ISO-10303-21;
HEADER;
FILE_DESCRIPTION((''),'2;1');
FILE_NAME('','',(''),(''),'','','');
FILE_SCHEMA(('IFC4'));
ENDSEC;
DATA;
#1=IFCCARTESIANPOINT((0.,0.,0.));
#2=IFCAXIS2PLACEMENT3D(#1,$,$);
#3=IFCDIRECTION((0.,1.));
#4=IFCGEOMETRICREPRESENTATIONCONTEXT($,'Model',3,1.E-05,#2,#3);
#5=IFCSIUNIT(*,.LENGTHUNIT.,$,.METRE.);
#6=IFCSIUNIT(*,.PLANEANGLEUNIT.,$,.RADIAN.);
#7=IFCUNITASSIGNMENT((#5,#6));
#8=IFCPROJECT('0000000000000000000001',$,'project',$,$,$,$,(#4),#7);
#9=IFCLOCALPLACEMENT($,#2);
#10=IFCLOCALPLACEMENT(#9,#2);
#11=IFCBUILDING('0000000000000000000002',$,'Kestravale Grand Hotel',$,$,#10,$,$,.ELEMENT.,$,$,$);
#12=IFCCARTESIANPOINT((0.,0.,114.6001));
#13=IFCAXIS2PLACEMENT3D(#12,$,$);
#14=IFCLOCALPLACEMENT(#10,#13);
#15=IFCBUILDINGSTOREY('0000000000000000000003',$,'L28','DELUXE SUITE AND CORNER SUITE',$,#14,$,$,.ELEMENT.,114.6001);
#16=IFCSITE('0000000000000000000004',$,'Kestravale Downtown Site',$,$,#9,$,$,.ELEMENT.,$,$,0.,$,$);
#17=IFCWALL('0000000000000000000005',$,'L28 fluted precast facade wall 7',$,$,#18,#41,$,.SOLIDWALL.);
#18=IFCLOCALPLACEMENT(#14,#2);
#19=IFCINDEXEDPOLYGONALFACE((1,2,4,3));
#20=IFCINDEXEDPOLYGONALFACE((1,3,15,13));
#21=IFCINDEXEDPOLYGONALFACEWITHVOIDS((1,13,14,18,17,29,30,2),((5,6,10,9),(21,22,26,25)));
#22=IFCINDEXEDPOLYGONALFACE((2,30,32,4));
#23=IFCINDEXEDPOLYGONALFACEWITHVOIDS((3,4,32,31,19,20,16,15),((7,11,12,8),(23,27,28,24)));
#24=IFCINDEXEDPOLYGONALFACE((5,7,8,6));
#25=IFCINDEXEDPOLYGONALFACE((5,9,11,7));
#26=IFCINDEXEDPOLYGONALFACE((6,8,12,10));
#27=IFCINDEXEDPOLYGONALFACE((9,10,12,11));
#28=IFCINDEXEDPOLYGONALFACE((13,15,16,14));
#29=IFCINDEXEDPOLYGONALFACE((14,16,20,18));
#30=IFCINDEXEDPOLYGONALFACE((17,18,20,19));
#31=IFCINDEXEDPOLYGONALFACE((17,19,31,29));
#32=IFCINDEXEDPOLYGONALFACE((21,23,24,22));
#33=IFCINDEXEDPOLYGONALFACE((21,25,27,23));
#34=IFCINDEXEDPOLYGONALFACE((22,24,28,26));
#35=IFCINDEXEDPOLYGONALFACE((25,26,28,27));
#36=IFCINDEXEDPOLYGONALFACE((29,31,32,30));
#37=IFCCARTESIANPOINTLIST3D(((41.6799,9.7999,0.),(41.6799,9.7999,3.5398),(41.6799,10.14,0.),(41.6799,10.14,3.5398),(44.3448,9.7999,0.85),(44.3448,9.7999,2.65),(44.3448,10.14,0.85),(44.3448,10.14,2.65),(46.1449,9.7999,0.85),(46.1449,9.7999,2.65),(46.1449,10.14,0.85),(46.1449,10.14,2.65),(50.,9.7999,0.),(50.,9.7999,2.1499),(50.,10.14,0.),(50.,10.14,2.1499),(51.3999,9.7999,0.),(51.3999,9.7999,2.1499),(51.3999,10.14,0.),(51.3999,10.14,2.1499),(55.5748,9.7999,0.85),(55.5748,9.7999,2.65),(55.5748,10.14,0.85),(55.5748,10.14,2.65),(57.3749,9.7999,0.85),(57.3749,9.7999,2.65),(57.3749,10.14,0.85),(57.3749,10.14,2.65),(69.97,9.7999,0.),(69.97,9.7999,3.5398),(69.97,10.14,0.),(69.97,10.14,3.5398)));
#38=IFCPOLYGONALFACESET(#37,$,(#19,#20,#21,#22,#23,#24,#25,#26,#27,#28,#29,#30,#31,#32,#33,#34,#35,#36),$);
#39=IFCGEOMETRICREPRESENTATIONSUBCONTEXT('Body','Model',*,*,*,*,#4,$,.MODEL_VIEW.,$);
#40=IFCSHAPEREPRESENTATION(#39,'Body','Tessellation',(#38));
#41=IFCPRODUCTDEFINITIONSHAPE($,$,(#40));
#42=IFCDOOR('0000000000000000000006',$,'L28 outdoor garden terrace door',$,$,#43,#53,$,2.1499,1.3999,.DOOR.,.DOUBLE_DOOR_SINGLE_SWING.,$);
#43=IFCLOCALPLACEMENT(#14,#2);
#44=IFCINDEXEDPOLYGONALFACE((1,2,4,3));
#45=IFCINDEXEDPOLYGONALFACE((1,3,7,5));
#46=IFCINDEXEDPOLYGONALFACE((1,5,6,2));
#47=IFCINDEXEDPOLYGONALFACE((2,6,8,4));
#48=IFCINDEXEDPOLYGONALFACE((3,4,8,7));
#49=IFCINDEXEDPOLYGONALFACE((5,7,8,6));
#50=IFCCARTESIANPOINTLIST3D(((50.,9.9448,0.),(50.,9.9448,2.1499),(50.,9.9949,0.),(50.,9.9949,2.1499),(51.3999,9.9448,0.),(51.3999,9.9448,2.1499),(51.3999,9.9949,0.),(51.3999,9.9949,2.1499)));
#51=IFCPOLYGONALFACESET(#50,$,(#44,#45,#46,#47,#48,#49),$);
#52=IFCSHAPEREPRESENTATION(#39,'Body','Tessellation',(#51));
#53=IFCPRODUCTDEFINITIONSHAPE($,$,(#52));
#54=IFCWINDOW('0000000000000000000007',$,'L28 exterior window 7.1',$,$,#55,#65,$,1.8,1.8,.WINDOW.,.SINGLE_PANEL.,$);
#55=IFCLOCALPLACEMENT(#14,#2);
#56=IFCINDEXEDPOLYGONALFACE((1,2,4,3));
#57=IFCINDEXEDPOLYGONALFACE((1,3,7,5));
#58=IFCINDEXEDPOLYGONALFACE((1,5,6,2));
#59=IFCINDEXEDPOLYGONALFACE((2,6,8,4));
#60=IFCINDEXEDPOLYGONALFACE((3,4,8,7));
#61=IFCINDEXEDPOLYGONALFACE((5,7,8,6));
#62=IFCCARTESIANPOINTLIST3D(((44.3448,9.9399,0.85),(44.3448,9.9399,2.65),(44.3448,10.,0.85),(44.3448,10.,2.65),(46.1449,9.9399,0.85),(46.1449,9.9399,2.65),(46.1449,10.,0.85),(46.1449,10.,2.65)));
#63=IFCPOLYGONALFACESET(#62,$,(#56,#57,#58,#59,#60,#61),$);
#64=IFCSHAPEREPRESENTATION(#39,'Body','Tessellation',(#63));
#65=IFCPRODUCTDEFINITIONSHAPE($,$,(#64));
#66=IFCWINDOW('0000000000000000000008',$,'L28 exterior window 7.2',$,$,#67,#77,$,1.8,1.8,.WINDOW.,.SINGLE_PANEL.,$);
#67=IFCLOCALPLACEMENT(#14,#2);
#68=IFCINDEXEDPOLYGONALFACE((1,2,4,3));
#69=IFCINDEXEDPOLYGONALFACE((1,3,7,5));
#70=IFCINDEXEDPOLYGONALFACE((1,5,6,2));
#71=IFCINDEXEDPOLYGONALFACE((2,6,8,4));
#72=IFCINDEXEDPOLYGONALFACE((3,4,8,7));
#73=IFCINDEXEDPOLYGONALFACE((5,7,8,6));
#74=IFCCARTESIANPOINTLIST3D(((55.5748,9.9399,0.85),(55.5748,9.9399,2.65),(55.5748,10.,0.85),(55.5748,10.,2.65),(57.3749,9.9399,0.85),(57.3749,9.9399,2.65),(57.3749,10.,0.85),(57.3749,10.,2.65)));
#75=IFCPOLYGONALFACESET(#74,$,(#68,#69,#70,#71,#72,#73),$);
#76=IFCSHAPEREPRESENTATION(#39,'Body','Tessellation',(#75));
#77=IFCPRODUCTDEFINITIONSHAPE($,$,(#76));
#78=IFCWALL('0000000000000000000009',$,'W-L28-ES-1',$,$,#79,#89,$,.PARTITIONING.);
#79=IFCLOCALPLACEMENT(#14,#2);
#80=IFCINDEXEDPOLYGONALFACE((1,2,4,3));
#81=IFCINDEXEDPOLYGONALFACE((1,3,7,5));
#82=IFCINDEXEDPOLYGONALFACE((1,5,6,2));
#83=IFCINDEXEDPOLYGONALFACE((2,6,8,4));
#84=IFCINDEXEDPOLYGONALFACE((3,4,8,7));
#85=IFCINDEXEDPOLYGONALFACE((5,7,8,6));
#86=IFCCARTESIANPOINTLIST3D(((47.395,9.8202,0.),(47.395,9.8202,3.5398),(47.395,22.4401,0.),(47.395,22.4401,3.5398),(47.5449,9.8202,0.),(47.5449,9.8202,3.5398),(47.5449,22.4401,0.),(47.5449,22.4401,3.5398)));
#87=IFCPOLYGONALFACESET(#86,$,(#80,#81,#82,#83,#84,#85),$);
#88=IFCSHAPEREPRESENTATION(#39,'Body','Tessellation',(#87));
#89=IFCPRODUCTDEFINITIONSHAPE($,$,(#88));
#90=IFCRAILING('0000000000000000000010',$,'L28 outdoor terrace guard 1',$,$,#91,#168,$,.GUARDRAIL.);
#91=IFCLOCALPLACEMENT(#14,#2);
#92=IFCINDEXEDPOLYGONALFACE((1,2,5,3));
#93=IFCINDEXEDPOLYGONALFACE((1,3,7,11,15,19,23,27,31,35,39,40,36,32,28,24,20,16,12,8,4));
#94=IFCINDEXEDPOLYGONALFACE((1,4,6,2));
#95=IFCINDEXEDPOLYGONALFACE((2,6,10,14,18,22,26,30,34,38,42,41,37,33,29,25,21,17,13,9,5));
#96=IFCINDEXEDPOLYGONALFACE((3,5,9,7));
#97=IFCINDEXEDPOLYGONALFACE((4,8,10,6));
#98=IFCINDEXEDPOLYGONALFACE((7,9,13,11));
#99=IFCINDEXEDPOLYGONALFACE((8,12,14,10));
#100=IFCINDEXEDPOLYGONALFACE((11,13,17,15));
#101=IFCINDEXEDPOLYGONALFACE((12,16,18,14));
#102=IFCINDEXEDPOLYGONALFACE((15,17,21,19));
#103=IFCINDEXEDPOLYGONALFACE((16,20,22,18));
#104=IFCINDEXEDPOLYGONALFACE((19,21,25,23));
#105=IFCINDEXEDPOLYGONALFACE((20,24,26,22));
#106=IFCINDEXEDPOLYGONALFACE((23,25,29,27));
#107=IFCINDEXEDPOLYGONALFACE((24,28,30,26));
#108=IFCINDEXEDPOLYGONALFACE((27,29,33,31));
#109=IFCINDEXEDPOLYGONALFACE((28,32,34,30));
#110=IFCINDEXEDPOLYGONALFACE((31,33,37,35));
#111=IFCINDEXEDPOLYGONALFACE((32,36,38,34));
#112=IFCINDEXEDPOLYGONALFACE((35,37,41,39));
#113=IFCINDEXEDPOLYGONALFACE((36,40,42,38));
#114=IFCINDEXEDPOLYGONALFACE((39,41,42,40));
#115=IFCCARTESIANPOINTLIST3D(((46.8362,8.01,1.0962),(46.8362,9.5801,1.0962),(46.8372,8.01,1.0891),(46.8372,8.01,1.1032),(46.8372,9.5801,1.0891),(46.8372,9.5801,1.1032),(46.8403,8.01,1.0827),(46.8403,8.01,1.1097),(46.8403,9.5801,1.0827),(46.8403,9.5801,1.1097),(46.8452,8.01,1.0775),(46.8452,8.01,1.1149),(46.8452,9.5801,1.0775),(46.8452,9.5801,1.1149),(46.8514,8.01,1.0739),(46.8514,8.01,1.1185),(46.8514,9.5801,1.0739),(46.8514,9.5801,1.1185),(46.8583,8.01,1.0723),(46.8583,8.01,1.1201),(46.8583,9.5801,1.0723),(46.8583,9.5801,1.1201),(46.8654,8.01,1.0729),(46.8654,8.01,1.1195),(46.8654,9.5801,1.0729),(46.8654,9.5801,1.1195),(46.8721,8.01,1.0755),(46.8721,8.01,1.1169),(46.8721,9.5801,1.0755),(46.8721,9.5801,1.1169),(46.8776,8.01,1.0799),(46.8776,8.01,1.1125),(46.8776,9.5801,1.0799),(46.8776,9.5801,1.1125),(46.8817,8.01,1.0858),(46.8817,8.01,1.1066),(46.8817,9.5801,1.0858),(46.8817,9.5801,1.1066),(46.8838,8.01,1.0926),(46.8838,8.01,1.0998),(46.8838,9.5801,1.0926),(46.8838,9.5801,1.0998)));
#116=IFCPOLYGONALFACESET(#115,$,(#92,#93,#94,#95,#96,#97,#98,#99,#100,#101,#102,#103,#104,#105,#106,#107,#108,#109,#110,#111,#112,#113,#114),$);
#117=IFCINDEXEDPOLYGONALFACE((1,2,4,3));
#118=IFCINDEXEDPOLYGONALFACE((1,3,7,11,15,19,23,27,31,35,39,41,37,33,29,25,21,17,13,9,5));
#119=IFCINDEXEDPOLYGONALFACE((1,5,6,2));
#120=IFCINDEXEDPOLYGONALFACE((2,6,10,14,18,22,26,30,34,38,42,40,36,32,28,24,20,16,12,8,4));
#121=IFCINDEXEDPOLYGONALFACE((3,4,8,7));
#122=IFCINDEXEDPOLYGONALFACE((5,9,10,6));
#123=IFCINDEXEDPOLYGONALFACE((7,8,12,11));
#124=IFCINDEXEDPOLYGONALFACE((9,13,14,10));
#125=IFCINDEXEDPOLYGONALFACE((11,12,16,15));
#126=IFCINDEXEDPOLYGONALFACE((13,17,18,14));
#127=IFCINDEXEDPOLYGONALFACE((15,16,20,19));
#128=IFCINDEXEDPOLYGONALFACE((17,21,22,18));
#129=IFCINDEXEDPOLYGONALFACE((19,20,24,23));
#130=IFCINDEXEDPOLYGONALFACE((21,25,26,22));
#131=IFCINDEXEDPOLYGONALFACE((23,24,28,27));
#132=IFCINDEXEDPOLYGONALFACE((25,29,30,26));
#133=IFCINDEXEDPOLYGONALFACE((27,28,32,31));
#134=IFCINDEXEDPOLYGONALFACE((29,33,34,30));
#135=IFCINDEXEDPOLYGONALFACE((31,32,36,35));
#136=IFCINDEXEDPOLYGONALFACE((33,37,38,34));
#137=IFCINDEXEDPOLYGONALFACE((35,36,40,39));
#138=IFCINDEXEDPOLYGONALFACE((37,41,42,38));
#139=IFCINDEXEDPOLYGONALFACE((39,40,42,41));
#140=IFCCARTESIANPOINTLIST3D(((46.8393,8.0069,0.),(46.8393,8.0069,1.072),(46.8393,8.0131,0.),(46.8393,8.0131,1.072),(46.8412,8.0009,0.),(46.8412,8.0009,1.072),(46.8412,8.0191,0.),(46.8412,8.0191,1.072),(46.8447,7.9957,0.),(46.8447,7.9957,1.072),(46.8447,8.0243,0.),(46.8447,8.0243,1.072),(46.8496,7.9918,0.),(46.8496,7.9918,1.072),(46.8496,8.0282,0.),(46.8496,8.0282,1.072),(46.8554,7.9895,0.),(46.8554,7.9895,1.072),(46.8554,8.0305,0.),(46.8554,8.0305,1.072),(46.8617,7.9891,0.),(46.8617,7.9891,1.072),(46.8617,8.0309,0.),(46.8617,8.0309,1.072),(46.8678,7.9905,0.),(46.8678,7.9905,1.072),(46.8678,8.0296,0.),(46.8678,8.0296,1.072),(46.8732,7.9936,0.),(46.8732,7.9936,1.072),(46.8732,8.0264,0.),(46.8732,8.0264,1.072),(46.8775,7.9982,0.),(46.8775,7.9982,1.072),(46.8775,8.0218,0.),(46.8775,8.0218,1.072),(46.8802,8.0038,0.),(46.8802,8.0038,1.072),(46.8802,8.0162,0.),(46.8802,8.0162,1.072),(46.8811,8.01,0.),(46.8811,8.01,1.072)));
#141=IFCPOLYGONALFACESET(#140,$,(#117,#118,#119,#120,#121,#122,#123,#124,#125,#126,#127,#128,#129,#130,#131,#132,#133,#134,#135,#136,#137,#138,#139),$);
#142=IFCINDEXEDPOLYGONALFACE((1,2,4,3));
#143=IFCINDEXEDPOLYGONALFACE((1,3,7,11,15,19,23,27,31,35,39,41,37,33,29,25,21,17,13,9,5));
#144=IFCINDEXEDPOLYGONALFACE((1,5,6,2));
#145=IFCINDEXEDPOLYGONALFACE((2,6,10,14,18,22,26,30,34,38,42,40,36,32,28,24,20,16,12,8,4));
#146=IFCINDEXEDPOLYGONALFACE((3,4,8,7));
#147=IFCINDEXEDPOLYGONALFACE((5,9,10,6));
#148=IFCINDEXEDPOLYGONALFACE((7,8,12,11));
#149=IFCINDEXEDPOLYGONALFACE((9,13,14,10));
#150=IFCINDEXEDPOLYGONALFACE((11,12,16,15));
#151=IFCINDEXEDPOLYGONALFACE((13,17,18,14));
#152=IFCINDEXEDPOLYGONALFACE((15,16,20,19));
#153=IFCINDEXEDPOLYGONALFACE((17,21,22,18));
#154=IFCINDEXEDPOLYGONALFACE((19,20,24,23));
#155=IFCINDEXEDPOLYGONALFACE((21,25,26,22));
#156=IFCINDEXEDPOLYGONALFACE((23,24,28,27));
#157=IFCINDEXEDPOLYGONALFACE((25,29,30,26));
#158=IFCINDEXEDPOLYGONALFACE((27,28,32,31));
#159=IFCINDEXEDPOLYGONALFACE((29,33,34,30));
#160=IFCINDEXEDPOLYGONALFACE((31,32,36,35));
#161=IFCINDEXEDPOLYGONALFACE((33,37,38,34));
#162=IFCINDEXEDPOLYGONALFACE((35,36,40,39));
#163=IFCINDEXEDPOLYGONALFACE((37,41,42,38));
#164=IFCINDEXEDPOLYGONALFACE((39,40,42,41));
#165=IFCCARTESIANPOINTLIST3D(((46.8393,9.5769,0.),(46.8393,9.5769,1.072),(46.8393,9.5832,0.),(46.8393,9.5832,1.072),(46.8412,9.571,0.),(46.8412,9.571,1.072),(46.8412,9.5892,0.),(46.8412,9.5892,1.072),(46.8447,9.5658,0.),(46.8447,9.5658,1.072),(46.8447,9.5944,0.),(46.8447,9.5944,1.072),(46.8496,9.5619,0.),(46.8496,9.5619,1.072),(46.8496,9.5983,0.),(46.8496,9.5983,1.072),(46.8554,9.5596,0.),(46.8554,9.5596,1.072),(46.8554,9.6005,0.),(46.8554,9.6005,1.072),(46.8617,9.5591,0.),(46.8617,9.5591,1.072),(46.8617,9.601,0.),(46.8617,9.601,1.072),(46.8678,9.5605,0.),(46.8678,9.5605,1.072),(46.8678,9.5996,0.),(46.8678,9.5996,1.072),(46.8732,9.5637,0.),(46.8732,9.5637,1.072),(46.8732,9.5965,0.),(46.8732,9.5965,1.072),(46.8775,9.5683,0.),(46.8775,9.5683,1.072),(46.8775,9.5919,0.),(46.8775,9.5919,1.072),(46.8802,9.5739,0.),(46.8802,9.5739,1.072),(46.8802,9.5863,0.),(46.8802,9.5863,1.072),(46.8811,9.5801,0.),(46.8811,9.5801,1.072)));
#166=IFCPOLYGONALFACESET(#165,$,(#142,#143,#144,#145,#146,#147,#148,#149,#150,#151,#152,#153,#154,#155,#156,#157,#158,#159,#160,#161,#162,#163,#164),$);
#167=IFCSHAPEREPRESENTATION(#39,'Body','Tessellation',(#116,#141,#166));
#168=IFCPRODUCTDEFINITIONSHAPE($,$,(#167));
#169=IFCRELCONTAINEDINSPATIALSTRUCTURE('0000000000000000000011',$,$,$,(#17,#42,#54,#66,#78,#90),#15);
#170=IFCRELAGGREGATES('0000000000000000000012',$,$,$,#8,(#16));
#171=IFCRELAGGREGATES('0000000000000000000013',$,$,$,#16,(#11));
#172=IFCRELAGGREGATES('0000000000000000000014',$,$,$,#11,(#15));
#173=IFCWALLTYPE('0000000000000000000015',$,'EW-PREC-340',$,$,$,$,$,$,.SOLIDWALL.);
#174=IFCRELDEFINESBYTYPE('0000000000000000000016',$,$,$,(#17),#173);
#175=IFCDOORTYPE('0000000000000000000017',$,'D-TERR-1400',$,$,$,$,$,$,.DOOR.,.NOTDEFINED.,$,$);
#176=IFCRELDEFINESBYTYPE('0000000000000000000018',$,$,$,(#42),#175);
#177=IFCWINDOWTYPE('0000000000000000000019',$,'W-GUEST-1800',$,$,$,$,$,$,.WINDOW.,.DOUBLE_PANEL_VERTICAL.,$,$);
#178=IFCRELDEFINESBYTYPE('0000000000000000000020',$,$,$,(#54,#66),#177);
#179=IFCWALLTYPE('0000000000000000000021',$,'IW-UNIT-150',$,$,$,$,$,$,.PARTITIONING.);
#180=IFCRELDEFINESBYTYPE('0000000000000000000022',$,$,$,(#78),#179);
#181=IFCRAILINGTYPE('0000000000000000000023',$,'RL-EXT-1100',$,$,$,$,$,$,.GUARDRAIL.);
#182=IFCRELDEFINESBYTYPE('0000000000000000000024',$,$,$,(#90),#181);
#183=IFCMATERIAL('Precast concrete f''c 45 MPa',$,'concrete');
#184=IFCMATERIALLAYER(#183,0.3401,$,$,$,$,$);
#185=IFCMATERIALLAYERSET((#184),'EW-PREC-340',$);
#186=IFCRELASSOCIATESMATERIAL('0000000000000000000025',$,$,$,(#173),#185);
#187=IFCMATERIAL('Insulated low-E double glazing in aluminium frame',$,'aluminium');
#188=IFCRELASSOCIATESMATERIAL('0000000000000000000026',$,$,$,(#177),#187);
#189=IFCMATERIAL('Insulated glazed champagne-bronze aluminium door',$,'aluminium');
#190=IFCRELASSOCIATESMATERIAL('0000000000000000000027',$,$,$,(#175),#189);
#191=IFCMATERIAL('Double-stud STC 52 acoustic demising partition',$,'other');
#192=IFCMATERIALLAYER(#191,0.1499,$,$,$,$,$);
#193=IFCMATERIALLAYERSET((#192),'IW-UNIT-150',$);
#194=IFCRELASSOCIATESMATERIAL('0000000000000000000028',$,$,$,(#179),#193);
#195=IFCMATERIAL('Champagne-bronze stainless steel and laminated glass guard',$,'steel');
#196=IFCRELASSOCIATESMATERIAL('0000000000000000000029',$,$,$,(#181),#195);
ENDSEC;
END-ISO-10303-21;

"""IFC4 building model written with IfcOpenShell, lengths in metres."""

from ifc_helpers import new_model, si_unit, direction, frame, frame_2d, origin, origin_2d, place, context, subcontext, project, spatial, rectangle, circle, extrude, material, layer, layer_set, type_object, element, fill, save


model = new_model("IFC4")

# Units and contexts
model_context = context("Model", 3, precision=1e-05, world=origin(), true_north=direction((0.0, 1.0)))
body_context = subcontext(model_context, "Body", "Model", "MODEL_VIEW")
ifc_project = project(units=[si_unit("LENGTHUNIT", "METRE"), si_unit("PLANEANGLEUNIT", "RADIAN")], contexts=[model_context])

# Site, building, storey
site_placement = place(None, origin())
site = spatial("IfcSite", under=ifc_project, at=site_placement, Name="Kestravale Downtown Site", CompositionType="ELEMENT", RefElevation=0.0)
building_placement = place(site_placement, origin())
building = spatial("IfcBuilding", under=site, at=building_placement, Name="Kestravale Grand Hotel", CompositionType="ELEMENT")
storey_placement = place(building_placement, frame((0.0, 0.0, 114.6001)))
storey = spatial("IfcBuildingStorey", under=building, at=storey_placement, Name="L28", Description="DELUXE SUITE AND CORNER SUITE", CompositionType="ELEMENT", Elevation=114.6001)

# Shared definitions
ifc_material_1 = material(Name="Precast concrete f'c 45 MPa", Category="concrete")
ifc_layer_1 = layer(ifc_material_1, 0.3401)
ifc_layer_set_1 = layer_set([ifc_layer_1], Name="EW-PREC-340")
wall_type_1 = type_object("IfcWallType", Name="EW-PREC-340", PredefinedType="SOLIDWALL", material=ifc_layer_set_1)
ifc_material_2 = material(Name="Insulated low-E double glazing in aluminium frame", Category="aluminium")
window_type = type_object("IfcWindowType", Name="W-GUEST-1800", PartitioningType="DOUBLE_PANEL_VERTICAL", PredefinedType="WINDOW", material=ifc_material_2)

# Wall, openings, door, windows
wall_1_placement = place(storey_placement, frame((41.6799, 9.97, 0.0), z_axis=(0.0, 0.0, 1.0), x_axis=(1.0, 0.0, 0.0)))
wall_1 = element("IfcWall", 1, at=wall_1_placement, inside=storey, type_object=wall_type_1, Name="L28 fluted precast facade wall 7", PredefinedType="SOLIDWALL", context=body_context, shape_type="SweptSolid", body=[
    extrude(rectangle(XDim=28.29, YDim=0.3401, at=frame_2d((14.145, 0.0))), origin(), (0.0, 0.0, 1.0), 3.5398),
])
opening_1_placement = place(wall_1_placement, frame((8.3201, 0.0, 0.0)))
opening_1 = element("IfcOpeningElement", 2, at=opening_1_placement, cuts=wall_1, PredefinedType="OPENING", context=body_context, shape_type="SweptSolid", body=[
    extrude(rectangle(XDim=1.3999, YDim=2.1499, at=frame_2d((0.7, 1.075))), frame((0.0, 0.1799, 0.0), z_axis=(0.0, -1.0, 0.0), x_axis=(1.0, 0.0, 0.0)), (0.0, 0.0, 1.0), 0.3601),
])
opening_2_placement = place(wall_1_placement, frame((2.665, 0.0, 0.8501)))
opening_2 = element("IfcOpeningElement", 3, at=opening_2_placement, cuts=wall_1, PredefinedType="OPENING", context=body_context, shape_type="SweptSolid", body=[
    extrude(rectangle(XDim=1.8, YDim=1.8, at=frame_2d((0.8999, 0.8999))), frame((0.0, 0.1799, 0.0), z_axis=(0.0, -1.0, 0.0), x_axis=(1.0, 0.0, 0.0)), (0.0, 0.0, 1.0), 0.3601),
])
opening_3_placement = place(wall_1_placement, frame((13.895, 0.0, 0.8501)))
opening_3 = element("IfcOpeningElement", 4, at=opening_3_placement, cuts=wall_1, PredefinedType="OPENING", context=body_context, shape_type="SweptSolid", body=[
    extrude(rectangle(XDim=1.8, YDim=1.8, at=frame_2d((0.8999, 0.8999))), frame((0.0, 0.1799, 0.0), z_axis=(0.0, -1.0, 0.0), x_axis=(1.0, 0.0, 0.0)), (0.0, 0.0, 1.0), 0.3601),
])
ifc_material_3 = material(Name="Insulated glazed champagne-bronze aluminium door", Category="aluminium")
door_type = type_object("IfcDoorType", Name="D-TERR-1400", OperationType="NOTDEFINED", PredefinedType="DOOR", material=ifc_material_3)
door_placement = place(opening_1_placement, origin())
door = element("IfcDoor", 5, at=door_placement, inside=storey, type_object=door_type, Name="L28 outdoor garden terrace door", OperationType="DOUBLE_DOOR_SINGLE_SWING", OverallHeight=2.1499, OverallWidth=1.3999, PredefinedType="DOOR", context=body_context, shape_type="SweptSolid", body=[
    extrude(rectangle(XDim=1.3999, YDim=2.1499, at=frame_2d((0.7, 1.075))), frame((0.0, 0.0249, 0.0), z_axis=(0.0, -1.0, 0.0), x_axis=(1.0, 0.0, 0.0)), (0.0, 0.0, 1.0), 0.05),
])
fill(opening_1, door)
window_1_placement = place(opening_2_placement, origin())
window_1 = element("IfcWindow", 6, at=window_1_placement, inside=storey, type_object=window_type, Name="L28 exterior window 7.1", OverallHeight=1.8, OverallWidth=1.8, PartitioningType="SINGLE_PANEL", PredefinedType="WINDOW", context=body_context, shape_type="SweptSolid", body=[
    extrude(rectangle(XDim=1.8, YDim=1.8, at=frame_2d((0.8999, 0.8999))), frame((0.0, 0.03, 0.0), z_axis=(0.0, -1.0, 0.0), x_axis=(1.0, 0.0, 0.0)), (0.0, 0.0, 1.0), 0.0601),
])
fill(opening_2, window_1)
window_2_placement = place(opening_3_placement, origin())
window_2 = element("IfcWindow", 7, at=window_2_placement, inside=storey, type_object=window_type, Name="L28 exterior window 7.2", OverallHeight=1.8, OverallWidth=1.8, PartitioningType="SINGLE_PANEL", PredefinedType="WINDOW", context=body_context, shape_type="SweptSolid", body=[
    extrude(rectangle(XDim=1.8, YDim=1.8, at=frame_2d((0.8999, 0.8999))), frame((0.0, 0.03, 0.0), z_axis=(0.0, -1.0, 0.0), x_axis=(1.0, 0.0, 0.0)), (0.0, 0.0, 1.0), 0.0601),
])
fill(opening_3, window_2)

# Wall
ifc_material_4 = material(Name="Double-stud STC 52 acoustic demising partition", Category="other")
ifc_layer_2 = layer(ifc_material_4, 0.1499)
ifc_layer_set_2 = layer_set([ifc_layer_2], Name="IW-UNIT-150")
wall_type_2 = type_object("IfcWallType", Name="IW-UNIT-150", PredefinedType="PARTITIONING", material=ifc_layer_set_2)
wall_2_placement = place(storey_placement, frame((47.47, 9.8201, 0.0), z_axis=(0.0, 0.0, 1.0), x_axis=(0.0, 1.0, 0.0)))
element("IfcWall", 8, at=wall_2_placement, inside=storey, type_object=wall_type_2, Name="W-L28-ES-1", PredefinedType="PARTITIONING", context=body_context, shape_type="SweptSolid", body=[
    extrude(rectangle(XDim=12.6199, YDim=0.1499, at=frame_2d((6.3101, 0.0))), origin(), (0.0, 0.0, 1.0), 3.5398),
])

# Railing
ifc_material_5 = material(Name="Champagne-bronze stainless steel and laminated glass guard", Category="steel")
railing_type = type_object("IfcRailingType", Name="RL-EXT-1100", PredefinedType="GUARDRAIL", material=ifc_material_5)
railing_1_placement = place(storey_placement, frame((46.8601, 8.01, 0.0)))
element("IfcRailing", 9, at=railing_1_placement, inside=storey, type_object=railing_type, Name="L28 outdoor terrace guard 1", PredefinedType="GUARDRAIL", context=body_context, shape_type="SweptSolid", body=[
    extrude(circle(Radius=0.0239, at=origin_2d()), frame((0.0, 0.0, 1.0962), z_axis=(0.0, 1.0, 0.0), x_axis=(-1.0, 0.0, 0.0)), (0.0, 0.0, 1.0), 1.5701),
    extrude(circle(Radius=0.021, at=origin_2d()), origin(), (0.0, 0.0, 1.0), 1.072),
    extrude(circle(Radius=0.021, at=origin_2d()), frame((0.0, 1.5701, 0.0)), (0.0, 0.0, 1.0), 1.072),
])

save(model, "model.ifc")
